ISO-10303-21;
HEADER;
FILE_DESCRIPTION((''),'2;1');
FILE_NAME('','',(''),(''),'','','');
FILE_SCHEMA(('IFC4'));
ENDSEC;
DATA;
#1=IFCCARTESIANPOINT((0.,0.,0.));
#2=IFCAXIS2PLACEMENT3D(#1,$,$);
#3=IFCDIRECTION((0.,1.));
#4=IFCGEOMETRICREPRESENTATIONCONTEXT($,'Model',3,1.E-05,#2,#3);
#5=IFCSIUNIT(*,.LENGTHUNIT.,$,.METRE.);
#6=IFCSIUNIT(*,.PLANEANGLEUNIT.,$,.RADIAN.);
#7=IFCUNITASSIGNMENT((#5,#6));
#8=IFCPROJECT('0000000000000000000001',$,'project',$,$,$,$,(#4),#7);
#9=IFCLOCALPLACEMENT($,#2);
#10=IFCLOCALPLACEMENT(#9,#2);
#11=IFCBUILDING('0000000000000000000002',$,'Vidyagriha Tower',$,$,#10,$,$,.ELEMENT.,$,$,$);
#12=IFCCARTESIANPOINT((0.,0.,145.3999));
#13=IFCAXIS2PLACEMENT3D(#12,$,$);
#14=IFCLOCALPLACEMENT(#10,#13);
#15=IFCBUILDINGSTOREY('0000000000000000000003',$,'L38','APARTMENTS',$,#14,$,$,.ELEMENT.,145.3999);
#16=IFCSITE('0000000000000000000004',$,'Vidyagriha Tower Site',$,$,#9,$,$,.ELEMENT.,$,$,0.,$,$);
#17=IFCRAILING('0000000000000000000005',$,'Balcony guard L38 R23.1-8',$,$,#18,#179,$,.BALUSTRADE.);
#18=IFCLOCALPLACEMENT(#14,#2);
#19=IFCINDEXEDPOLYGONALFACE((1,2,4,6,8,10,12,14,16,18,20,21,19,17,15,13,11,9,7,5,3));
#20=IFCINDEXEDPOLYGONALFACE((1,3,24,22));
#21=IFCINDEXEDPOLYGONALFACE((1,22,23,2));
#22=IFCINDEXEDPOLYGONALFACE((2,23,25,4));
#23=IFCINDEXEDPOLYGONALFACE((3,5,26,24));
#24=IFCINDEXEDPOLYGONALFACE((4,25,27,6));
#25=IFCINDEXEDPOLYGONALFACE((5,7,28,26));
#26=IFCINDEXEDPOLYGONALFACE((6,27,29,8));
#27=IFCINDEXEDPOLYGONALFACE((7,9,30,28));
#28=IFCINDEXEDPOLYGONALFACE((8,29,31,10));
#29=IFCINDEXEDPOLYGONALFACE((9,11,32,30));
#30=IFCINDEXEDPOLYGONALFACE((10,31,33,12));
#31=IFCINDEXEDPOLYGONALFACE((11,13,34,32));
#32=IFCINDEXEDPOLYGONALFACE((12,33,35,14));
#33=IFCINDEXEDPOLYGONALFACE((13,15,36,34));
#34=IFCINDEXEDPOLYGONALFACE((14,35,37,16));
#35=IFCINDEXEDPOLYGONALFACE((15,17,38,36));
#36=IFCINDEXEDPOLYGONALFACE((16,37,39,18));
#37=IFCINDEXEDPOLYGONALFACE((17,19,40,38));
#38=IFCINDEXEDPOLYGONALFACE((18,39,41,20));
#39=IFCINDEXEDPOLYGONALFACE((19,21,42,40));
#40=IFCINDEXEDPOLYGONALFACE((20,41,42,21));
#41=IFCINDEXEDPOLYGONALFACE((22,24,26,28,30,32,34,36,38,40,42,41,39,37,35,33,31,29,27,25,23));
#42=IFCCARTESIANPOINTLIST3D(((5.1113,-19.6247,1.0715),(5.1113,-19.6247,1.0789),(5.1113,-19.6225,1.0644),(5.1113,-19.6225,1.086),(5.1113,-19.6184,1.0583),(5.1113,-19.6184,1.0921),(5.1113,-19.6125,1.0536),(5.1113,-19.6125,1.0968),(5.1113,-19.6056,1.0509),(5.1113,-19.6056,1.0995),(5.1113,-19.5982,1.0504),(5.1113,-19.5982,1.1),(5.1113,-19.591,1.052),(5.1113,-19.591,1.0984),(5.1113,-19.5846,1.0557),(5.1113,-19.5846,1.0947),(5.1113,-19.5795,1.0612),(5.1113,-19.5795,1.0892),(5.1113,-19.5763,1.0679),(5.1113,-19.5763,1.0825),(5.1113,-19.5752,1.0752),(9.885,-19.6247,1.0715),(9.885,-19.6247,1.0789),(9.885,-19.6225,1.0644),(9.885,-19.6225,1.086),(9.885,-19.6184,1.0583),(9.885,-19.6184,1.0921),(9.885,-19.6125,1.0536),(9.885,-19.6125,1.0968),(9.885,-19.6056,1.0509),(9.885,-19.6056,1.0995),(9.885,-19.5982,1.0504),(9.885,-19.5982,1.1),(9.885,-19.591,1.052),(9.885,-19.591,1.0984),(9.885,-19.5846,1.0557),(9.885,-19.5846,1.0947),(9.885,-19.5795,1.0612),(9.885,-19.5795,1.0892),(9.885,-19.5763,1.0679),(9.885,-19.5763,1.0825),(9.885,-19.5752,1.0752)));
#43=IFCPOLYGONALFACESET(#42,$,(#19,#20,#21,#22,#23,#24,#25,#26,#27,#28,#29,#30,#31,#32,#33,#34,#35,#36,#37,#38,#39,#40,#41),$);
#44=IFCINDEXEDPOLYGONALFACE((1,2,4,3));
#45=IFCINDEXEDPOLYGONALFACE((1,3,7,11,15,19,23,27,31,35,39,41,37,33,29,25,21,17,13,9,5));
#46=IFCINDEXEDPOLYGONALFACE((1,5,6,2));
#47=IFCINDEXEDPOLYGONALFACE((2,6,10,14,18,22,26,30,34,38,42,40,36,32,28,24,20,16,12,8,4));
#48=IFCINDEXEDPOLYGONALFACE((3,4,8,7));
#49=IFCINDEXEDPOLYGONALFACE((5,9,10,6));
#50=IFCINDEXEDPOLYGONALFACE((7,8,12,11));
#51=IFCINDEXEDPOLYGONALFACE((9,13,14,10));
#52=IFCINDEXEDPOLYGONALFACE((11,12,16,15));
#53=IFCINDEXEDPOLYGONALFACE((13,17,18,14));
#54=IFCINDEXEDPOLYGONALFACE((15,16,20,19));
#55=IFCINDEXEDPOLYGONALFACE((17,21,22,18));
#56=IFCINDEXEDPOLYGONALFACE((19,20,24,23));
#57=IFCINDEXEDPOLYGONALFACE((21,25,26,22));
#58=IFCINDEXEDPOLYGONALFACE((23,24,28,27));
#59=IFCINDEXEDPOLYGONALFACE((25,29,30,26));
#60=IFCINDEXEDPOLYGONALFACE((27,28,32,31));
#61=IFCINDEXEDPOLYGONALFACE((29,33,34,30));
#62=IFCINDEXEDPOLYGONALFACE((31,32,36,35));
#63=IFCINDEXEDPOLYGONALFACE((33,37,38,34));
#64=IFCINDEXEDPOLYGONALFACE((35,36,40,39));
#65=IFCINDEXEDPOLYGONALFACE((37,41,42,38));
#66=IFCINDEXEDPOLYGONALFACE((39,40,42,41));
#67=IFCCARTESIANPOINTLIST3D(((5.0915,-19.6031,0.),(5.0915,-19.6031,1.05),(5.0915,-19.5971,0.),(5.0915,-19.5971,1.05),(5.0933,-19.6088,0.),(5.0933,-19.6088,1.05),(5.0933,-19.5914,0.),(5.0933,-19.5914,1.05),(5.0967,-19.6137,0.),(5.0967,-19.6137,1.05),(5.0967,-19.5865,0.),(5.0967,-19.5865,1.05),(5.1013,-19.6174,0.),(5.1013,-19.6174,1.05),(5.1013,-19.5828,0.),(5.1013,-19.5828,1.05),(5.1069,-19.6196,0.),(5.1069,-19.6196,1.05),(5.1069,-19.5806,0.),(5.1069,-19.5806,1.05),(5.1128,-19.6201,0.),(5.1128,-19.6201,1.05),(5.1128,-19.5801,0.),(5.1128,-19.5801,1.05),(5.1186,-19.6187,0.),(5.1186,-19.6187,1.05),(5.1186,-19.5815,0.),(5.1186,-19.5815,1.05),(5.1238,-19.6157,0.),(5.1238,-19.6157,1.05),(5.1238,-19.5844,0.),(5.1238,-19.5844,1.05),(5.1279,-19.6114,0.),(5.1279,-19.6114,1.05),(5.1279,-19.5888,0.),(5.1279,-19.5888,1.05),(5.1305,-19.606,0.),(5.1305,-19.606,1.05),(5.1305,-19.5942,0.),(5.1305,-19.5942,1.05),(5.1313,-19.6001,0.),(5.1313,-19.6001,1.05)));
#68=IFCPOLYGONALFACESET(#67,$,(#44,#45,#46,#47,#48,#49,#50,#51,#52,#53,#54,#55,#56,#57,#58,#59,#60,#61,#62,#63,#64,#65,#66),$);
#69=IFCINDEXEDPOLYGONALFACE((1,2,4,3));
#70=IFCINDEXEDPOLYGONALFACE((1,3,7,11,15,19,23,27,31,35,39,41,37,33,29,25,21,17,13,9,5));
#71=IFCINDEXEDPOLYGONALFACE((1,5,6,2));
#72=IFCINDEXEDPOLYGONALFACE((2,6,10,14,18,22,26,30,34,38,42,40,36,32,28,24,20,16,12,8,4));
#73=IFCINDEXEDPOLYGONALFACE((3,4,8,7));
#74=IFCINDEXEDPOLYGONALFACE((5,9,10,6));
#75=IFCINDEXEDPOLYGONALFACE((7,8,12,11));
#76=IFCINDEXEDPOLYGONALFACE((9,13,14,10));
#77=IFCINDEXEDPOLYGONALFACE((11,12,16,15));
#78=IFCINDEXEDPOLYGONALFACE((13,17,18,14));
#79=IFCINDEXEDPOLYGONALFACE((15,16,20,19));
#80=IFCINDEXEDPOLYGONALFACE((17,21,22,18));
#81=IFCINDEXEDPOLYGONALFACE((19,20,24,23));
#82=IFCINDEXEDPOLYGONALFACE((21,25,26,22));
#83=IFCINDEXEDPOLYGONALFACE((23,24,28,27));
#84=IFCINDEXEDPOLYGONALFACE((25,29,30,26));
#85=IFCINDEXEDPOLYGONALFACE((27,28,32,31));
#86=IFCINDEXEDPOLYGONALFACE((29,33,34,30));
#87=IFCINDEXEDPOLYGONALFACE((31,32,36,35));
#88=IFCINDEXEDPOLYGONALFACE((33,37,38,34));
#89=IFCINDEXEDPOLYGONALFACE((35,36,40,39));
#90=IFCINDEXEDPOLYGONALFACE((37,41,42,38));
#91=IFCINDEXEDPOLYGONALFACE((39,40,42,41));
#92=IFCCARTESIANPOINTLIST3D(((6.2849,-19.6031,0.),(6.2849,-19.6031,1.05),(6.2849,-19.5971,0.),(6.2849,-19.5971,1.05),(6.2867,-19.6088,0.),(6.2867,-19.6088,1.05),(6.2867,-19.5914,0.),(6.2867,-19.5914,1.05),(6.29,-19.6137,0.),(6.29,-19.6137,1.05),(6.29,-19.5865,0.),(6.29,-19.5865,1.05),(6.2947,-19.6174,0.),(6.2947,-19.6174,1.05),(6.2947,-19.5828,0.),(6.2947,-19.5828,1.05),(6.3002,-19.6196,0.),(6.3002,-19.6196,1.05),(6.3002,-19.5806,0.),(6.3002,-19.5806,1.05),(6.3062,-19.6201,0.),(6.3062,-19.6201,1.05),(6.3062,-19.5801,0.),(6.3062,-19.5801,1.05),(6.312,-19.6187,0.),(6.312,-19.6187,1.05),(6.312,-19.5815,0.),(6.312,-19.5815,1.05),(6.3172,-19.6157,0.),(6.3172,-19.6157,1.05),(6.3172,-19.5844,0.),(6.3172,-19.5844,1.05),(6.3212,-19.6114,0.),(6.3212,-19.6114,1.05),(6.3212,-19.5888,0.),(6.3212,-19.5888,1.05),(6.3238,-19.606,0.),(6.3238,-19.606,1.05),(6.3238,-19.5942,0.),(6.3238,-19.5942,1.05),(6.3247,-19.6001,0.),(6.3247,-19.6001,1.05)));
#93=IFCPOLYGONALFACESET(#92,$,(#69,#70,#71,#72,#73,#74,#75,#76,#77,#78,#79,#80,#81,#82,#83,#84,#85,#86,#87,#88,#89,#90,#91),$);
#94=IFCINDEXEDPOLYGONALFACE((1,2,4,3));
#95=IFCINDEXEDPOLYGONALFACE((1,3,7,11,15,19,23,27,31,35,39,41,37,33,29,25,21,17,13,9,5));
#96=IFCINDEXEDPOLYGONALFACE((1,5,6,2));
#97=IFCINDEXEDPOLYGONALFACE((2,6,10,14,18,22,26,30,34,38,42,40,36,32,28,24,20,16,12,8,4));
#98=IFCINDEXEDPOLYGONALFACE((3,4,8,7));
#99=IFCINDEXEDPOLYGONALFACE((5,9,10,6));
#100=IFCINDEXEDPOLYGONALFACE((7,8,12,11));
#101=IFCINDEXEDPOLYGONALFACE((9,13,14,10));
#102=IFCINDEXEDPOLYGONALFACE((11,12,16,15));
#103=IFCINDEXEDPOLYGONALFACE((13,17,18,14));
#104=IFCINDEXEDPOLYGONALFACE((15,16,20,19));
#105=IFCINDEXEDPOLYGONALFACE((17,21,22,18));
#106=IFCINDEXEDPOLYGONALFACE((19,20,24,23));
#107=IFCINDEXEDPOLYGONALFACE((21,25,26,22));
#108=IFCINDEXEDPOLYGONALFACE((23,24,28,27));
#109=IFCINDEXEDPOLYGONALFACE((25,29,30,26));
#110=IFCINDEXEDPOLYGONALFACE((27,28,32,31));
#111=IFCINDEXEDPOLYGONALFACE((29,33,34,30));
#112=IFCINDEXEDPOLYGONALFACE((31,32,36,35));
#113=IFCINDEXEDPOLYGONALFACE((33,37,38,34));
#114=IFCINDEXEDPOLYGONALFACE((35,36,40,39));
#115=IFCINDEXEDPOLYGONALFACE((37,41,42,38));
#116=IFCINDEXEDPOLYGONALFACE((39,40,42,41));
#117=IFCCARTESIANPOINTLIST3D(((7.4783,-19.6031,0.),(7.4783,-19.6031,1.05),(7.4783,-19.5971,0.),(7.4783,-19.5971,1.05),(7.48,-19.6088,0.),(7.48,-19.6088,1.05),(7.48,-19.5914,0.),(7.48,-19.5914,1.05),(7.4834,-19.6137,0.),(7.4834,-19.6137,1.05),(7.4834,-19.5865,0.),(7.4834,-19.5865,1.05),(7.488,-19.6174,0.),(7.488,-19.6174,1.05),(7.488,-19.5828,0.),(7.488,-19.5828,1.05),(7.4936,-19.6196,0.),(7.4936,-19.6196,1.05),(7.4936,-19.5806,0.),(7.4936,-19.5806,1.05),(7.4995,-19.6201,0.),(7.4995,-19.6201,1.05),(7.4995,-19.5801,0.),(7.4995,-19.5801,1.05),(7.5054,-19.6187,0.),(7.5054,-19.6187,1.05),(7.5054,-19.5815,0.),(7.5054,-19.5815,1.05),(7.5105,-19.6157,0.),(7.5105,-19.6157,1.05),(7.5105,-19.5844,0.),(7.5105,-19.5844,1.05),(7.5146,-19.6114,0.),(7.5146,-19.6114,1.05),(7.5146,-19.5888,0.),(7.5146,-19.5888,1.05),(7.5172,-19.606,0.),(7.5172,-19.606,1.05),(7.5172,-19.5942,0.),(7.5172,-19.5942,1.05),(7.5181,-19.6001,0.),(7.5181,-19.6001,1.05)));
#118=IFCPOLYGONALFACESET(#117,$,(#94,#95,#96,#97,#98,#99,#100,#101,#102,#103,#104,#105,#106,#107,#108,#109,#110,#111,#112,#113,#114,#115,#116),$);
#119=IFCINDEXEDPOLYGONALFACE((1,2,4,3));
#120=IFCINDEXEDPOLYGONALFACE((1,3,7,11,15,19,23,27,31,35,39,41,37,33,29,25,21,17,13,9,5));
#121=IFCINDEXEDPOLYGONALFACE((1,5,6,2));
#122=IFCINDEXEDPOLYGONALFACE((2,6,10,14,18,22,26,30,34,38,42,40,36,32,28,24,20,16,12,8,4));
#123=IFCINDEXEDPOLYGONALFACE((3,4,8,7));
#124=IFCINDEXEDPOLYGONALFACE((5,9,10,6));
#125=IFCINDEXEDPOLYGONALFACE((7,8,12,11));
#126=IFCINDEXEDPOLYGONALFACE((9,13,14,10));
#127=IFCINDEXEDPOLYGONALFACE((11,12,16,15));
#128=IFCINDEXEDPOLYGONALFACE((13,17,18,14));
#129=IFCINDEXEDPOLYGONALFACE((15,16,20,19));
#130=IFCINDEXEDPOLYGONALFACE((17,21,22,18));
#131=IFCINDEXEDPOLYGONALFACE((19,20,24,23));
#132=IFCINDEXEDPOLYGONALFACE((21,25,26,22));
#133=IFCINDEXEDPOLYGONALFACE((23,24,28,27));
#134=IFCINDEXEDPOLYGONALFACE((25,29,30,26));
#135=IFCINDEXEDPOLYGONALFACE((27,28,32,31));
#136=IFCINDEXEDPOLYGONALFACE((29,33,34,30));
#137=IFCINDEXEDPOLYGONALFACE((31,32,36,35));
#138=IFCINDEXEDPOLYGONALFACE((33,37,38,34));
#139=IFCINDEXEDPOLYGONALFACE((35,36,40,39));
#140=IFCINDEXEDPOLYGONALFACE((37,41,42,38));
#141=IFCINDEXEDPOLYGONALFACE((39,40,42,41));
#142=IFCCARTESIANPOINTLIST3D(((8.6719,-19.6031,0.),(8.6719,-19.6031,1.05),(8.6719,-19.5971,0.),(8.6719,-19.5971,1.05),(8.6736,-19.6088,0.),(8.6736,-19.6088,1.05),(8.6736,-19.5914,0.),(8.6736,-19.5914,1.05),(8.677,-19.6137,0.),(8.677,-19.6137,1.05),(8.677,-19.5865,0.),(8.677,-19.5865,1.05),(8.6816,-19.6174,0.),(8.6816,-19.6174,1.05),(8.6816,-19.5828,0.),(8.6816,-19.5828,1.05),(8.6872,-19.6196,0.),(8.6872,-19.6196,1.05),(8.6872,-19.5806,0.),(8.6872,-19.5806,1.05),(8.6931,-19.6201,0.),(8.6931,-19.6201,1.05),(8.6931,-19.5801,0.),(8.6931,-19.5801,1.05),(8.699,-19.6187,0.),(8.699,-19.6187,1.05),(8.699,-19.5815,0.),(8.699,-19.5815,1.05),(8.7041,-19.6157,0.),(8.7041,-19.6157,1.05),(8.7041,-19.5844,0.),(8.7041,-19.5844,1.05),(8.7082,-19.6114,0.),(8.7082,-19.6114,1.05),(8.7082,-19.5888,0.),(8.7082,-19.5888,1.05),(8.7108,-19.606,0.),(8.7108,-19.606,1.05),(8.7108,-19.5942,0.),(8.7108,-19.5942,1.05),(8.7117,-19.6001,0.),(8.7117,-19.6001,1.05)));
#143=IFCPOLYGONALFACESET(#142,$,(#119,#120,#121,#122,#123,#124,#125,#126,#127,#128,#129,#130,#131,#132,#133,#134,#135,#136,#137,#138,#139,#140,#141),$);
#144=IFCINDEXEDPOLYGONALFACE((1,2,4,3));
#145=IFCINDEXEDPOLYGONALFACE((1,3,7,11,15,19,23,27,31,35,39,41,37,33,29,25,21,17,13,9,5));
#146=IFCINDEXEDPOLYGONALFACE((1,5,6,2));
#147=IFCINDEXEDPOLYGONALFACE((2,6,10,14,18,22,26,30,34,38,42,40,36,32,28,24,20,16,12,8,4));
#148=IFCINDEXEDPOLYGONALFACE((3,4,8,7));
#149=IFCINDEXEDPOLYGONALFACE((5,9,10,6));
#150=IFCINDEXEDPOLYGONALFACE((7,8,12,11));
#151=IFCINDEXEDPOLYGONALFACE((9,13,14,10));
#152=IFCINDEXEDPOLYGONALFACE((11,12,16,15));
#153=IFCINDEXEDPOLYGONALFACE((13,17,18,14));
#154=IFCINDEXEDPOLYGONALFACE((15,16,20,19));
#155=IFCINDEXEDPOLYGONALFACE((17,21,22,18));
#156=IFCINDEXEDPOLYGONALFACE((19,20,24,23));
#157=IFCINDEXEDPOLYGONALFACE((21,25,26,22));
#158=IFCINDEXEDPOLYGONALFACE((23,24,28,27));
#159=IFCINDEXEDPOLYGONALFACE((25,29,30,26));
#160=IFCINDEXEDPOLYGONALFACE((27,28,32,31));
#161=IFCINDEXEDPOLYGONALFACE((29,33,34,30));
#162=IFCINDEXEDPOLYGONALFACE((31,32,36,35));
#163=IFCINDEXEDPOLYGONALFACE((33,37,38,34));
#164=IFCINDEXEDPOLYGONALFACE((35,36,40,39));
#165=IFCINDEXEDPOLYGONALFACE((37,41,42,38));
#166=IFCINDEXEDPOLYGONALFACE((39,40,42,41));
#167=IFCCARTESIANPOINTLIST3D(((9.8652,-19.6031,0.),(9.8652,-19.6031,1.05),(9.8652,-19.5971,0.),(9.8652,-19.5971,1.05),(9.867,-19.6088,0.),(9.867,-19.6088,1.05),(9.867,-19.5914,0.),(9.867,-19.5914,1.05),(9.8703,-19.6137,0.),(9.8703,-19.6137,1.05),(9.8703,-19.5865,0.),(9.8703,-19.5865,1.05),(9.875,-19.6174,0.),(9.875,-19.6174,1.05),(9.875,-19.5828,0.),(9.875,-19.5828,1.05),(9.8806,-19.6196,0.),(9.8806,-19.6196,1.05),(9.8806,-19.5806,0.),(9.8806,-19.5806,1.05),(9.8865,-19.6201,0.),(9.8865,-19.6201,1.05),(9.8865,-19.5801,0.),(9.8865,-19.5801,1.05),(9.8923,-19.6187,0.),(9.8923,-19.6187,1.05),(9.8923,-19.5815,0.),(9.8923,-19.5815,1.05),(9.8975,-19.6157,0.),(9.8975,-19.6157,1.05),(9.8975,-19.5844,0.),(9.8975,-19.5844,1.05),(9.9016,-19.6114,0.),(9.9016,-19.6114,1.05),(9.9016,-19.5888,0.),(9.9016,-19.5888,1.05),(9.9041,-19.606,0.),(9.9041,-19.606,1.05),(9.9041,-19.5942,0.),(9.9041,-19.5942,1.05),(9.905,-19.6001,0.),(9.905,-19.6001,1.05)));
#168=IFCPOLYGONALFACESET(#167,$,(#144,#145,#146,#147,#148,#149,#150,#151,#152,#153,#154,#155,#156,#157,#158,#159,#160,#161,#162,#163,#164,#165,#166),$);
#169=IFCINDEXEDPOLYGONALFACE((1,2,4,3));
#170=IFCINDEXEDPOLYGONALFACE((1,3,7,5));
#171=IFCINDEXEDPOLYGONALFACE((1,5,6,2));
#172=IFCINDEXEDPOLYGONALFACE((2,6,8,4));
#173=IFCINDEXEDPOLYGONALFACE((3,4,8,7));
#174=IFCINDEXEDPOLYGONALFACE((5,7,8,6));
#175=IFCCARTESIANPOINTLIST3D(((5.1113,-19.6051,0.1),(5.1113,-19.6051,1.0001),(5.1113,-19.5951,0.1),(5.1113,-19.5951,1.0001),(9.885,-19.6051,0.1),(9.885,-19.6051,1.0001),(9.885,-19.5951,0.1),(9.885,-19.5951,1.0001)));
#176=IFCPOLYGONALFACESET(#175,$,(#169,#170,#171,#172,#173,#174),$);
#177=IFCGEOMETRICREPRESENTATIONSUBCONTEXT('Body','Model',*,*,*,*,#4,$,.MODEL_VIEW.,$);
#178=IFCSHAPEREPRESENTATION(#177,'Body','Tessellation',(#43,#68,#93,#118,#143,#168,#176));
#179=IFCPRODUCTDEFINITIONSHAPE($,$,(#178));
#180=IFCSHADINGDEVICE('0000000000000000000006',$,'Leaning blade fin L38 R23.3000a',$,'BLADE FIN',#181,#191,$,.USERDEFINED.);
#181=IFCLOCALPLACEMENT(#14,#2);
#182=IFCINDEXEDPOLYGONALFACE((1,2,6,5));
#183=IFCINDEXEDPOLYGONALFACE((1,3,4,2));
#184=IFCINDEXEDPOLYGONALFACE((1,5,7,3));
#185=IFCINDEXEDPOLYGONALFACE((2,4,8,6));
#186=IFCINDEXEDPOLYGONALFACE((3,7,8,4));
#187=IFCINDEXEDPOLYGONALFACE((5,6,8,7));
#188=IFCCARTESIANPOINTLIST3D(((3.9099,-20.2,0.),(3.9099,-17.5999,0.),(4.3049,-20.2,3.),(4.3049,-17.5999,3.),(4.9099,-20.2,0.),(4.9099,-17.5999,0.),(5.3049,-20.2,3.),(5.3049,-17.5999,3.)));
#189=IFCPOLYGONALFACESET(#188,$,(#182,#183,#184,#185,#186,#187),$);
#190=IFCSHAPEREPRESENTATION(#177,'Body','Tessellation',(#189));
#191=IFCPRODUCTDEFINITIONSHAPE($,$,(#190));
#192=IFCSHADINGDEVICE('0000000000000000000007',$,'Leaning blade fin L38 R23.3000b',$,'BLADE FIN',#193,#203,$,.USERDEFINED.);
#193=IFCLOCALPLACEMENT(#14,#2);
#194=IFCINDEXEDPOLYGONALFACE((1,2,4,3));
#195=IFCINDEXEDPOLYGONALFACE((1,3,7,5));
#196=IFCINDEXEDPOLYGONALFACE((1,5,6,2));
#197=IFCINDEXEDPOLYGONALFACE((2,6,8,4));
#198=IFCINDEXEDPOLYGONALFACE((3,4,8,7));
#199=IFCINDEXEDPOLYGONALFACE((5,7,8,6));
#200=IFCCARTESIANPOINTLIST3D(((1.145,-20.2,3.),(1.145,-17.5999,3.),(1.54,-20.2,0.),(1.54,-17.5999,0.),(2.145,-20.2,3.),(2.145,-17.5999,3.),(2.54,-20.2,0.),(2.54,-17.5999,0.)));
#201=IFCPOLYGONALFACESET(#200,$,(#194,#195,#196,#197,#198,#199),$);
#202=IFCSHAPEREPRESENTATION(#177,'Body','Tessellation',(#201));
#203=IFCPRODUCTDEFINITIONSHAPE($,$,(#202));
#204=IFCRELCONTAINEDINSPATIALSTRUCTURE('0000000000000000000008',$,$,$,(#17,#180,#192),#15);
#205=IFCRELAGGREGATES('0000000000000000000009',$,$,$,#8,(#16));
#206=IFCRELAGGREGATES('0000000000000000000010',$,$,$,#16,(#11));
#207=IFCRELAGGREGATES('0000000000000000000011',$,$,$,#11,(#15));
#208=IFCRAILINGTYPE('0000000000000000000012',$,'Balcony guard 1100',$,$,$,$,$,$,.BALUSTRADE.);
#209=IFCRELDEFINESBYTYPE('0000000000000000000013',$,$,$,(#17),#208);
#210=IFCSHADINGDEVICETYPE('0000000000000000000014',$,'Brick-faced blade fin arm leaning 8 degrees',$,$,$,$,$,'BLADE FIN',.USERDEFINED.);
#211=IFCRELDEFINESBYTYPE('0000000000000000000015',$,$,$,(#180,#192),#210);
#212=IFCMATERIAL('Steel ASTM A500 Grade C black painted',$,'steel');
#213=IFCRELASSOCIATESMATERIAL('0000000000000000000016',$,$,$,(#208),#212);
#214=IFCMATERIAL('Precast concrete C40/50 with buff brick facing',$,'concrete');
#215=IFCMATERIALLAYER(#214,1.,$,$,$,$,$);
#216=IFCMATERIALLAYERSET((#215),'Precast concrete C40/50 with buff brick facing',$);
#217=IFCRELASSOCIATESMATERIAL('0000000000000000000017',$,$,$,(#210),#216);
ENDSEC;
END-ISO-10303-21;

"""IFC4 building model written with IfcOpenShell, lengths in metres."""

from ifc_helpers import new_model, si_unit, direction, frame, origin, origin_2d, place, context, subcontext, project, spatial, polyline, rectangle, circle, outline, extrude, material, layer, layer_set, type_object, element, save


model = new_model("IFC4")

# Units and contexts
model_context = context("Model", 3, precision=1e-05, world=origin(), true_north=direction((0.0, 1.0)))
body_context = subcontext(model_context, "Body", "Model", "MODEL_VIEW")
ifc_project = project(units=[si_unit("LENGTHUNIT", "METRE"), si_unit("PLANEANGLEUNIT", "RADIAN")], contexts=[model_context])

# Site, building, storey
site_placement = place(None, origin())
site = spatial("IfcSite", under=ifc_project, at=site_placement, Name="Vidyagriha Tower Site", CompositionType="ELEMENT", RefElevation=0.0)
building_placement = place(site_placement, origin())
building = spatial("IfcBuilding", under=site, at=building_placement, Name="Vidyagriha Tower", CompositionType="ELEMENT")
storey_placement = place(building_placement, frame((0.0, 0.0, 145.3999)))
storey = spatial("IfcBuildingStorey", under=building, at=storey_placement, Name="L38", Description="APARTMENTS", CompositionType="ELEMENT", Elevation=145.3999)

# Railing
ifc_material_1 = material(Name="Steel ASTM A500 Grade C black painted", Category="steel")
railing_type = type_object("IfcRailingType", Name="Balcony guard 1100", PredefinedType="BALUSTRADE", material=ifc_material_1)
railing_1_placement = place(storey_placement, frame((5.1113, -19.6001, 0.0)))
element("IfcRailing", 1, at=railing_1_placement, inside=storey, type_object=railing_type, Name="Balcony guard L38 R23.1-8", PredefinedType="BALUSTRADE", context=body_context, shape_type="SweptSolid", body=[
    extrude(circle(Radius=0.0249, at=origin_2d()), frame((0.0, 0.0, 1.0752), z_axis=(1.0, 0.0, 0.0), x_axis=(0.0, 1.0, 0.0)), (0.0, 0.0, 1.0), 4.7737),
    extrude(circle(Radius=0.02, at=origin_2d()), origin(), (0.0, 0.0, 1.0), 1.05),
    extrude(circle(Radius=0.02, at=origin_2d()), frame((1.1934, 0.0, 0.0)), (0.0, 0.0, 1.0), 1.05),
    extrude(circle(Radius=0.02, at=origin_2d()), frame((2.3867, 0.0, 0.0)), (0.0, 0.0, 1.0), 1.05),
    extrude(circle(Radius=0.02, at=origin_2d()), frame((3.5803, 0.0, 0.0)), (0.0, 0.0, 1.0), 1.05),
    extrude(circle(Radius=0.02, at=origin_2d()), frame((4.7737, 0.0, 0.0)), (0.0, 0.0, 1.0), 1.05),
    extrude(rectangle(XDim=0.01, YDim=0.9001, at=origin_2d()), frame((0.0, 0.0, 0.55), z_axis=(1.0, 0.0, 0.0), x_axis=(0.0, 1.0, 0.0)), (0.0, 0.0, 1.0), 4.7737),
])

# Shading devices
ifc_material_2 = material(Name="Precast concrete C40/50 with buff brick facing", Category="concrete")
ifc_layer_1 = layer(ifc_material_2, 1.0)
ifc_layer_set_1 = layer_set([ifc_layer_1], Name="Precast concrete C40/50 with buff brick facing")
shading_device_type_1 = type_object("IfcShadingDeviceType", Name="Brick-faced blade fin arm leaning 8 degrees", ElementType="BLADE FIN", PredefinedType="USERDEFINED", material=ifc_layer_set_1)
shading_device_1_placement = place(storey_placement, frame((3.9099, -18.8999, 0.0)))
element("IfcShadingDevice", 2, at=shading_device_1_placement, inside=storey, type_object=shading_device_type_1, Name="Leaning blade fin L38 R23.3000a", ObjectType="BLADE FIN", PredefinedType="USERDEFINED", context=body_context, shape_type="SweptSolid", body=[
    extrude(outline(polyline([(0.0, 0.0), (1.0, 0.0), (1.395, 3.0), (0.395, 3.0), (0.0, 0.0)])), frame((0.0, 1.3, 0.0), z_axis=(0.0, -1.0, 0.0), x_axis=(1.0, 0.0, 0.0)), (0.0, 0.0, 1.0), 2.6001),
])
shading_device_2_placement = place(storey_placement, frame((1.145, -18.8999, 0.0)))
element("IfcShadingDevice", 3, at=shading_device_2_placement, inside=storey, type_object=shading_device_type_1, Name="Leaning blade fin L38 R23.3000b", ObjectType="BLADE FIN", PredefinedType="USERDEFINED", context=body_context, shape_type="SweptSolid", body=[
    extrude(outline(polyline([(0.395, 0.0), (1.395, 0.0), (1.0, 3.0), (0.0, 3.0), (0.395, 0.0)])), frame((0.0, 1.3, 0.0), z_axis=(0.0, -1.0, 0.0), x_axis=(1.0, 0.0, 0.0)), (0.0, 0.0, 1.0), 2.6001),
])

save(model, "model.ifc")
